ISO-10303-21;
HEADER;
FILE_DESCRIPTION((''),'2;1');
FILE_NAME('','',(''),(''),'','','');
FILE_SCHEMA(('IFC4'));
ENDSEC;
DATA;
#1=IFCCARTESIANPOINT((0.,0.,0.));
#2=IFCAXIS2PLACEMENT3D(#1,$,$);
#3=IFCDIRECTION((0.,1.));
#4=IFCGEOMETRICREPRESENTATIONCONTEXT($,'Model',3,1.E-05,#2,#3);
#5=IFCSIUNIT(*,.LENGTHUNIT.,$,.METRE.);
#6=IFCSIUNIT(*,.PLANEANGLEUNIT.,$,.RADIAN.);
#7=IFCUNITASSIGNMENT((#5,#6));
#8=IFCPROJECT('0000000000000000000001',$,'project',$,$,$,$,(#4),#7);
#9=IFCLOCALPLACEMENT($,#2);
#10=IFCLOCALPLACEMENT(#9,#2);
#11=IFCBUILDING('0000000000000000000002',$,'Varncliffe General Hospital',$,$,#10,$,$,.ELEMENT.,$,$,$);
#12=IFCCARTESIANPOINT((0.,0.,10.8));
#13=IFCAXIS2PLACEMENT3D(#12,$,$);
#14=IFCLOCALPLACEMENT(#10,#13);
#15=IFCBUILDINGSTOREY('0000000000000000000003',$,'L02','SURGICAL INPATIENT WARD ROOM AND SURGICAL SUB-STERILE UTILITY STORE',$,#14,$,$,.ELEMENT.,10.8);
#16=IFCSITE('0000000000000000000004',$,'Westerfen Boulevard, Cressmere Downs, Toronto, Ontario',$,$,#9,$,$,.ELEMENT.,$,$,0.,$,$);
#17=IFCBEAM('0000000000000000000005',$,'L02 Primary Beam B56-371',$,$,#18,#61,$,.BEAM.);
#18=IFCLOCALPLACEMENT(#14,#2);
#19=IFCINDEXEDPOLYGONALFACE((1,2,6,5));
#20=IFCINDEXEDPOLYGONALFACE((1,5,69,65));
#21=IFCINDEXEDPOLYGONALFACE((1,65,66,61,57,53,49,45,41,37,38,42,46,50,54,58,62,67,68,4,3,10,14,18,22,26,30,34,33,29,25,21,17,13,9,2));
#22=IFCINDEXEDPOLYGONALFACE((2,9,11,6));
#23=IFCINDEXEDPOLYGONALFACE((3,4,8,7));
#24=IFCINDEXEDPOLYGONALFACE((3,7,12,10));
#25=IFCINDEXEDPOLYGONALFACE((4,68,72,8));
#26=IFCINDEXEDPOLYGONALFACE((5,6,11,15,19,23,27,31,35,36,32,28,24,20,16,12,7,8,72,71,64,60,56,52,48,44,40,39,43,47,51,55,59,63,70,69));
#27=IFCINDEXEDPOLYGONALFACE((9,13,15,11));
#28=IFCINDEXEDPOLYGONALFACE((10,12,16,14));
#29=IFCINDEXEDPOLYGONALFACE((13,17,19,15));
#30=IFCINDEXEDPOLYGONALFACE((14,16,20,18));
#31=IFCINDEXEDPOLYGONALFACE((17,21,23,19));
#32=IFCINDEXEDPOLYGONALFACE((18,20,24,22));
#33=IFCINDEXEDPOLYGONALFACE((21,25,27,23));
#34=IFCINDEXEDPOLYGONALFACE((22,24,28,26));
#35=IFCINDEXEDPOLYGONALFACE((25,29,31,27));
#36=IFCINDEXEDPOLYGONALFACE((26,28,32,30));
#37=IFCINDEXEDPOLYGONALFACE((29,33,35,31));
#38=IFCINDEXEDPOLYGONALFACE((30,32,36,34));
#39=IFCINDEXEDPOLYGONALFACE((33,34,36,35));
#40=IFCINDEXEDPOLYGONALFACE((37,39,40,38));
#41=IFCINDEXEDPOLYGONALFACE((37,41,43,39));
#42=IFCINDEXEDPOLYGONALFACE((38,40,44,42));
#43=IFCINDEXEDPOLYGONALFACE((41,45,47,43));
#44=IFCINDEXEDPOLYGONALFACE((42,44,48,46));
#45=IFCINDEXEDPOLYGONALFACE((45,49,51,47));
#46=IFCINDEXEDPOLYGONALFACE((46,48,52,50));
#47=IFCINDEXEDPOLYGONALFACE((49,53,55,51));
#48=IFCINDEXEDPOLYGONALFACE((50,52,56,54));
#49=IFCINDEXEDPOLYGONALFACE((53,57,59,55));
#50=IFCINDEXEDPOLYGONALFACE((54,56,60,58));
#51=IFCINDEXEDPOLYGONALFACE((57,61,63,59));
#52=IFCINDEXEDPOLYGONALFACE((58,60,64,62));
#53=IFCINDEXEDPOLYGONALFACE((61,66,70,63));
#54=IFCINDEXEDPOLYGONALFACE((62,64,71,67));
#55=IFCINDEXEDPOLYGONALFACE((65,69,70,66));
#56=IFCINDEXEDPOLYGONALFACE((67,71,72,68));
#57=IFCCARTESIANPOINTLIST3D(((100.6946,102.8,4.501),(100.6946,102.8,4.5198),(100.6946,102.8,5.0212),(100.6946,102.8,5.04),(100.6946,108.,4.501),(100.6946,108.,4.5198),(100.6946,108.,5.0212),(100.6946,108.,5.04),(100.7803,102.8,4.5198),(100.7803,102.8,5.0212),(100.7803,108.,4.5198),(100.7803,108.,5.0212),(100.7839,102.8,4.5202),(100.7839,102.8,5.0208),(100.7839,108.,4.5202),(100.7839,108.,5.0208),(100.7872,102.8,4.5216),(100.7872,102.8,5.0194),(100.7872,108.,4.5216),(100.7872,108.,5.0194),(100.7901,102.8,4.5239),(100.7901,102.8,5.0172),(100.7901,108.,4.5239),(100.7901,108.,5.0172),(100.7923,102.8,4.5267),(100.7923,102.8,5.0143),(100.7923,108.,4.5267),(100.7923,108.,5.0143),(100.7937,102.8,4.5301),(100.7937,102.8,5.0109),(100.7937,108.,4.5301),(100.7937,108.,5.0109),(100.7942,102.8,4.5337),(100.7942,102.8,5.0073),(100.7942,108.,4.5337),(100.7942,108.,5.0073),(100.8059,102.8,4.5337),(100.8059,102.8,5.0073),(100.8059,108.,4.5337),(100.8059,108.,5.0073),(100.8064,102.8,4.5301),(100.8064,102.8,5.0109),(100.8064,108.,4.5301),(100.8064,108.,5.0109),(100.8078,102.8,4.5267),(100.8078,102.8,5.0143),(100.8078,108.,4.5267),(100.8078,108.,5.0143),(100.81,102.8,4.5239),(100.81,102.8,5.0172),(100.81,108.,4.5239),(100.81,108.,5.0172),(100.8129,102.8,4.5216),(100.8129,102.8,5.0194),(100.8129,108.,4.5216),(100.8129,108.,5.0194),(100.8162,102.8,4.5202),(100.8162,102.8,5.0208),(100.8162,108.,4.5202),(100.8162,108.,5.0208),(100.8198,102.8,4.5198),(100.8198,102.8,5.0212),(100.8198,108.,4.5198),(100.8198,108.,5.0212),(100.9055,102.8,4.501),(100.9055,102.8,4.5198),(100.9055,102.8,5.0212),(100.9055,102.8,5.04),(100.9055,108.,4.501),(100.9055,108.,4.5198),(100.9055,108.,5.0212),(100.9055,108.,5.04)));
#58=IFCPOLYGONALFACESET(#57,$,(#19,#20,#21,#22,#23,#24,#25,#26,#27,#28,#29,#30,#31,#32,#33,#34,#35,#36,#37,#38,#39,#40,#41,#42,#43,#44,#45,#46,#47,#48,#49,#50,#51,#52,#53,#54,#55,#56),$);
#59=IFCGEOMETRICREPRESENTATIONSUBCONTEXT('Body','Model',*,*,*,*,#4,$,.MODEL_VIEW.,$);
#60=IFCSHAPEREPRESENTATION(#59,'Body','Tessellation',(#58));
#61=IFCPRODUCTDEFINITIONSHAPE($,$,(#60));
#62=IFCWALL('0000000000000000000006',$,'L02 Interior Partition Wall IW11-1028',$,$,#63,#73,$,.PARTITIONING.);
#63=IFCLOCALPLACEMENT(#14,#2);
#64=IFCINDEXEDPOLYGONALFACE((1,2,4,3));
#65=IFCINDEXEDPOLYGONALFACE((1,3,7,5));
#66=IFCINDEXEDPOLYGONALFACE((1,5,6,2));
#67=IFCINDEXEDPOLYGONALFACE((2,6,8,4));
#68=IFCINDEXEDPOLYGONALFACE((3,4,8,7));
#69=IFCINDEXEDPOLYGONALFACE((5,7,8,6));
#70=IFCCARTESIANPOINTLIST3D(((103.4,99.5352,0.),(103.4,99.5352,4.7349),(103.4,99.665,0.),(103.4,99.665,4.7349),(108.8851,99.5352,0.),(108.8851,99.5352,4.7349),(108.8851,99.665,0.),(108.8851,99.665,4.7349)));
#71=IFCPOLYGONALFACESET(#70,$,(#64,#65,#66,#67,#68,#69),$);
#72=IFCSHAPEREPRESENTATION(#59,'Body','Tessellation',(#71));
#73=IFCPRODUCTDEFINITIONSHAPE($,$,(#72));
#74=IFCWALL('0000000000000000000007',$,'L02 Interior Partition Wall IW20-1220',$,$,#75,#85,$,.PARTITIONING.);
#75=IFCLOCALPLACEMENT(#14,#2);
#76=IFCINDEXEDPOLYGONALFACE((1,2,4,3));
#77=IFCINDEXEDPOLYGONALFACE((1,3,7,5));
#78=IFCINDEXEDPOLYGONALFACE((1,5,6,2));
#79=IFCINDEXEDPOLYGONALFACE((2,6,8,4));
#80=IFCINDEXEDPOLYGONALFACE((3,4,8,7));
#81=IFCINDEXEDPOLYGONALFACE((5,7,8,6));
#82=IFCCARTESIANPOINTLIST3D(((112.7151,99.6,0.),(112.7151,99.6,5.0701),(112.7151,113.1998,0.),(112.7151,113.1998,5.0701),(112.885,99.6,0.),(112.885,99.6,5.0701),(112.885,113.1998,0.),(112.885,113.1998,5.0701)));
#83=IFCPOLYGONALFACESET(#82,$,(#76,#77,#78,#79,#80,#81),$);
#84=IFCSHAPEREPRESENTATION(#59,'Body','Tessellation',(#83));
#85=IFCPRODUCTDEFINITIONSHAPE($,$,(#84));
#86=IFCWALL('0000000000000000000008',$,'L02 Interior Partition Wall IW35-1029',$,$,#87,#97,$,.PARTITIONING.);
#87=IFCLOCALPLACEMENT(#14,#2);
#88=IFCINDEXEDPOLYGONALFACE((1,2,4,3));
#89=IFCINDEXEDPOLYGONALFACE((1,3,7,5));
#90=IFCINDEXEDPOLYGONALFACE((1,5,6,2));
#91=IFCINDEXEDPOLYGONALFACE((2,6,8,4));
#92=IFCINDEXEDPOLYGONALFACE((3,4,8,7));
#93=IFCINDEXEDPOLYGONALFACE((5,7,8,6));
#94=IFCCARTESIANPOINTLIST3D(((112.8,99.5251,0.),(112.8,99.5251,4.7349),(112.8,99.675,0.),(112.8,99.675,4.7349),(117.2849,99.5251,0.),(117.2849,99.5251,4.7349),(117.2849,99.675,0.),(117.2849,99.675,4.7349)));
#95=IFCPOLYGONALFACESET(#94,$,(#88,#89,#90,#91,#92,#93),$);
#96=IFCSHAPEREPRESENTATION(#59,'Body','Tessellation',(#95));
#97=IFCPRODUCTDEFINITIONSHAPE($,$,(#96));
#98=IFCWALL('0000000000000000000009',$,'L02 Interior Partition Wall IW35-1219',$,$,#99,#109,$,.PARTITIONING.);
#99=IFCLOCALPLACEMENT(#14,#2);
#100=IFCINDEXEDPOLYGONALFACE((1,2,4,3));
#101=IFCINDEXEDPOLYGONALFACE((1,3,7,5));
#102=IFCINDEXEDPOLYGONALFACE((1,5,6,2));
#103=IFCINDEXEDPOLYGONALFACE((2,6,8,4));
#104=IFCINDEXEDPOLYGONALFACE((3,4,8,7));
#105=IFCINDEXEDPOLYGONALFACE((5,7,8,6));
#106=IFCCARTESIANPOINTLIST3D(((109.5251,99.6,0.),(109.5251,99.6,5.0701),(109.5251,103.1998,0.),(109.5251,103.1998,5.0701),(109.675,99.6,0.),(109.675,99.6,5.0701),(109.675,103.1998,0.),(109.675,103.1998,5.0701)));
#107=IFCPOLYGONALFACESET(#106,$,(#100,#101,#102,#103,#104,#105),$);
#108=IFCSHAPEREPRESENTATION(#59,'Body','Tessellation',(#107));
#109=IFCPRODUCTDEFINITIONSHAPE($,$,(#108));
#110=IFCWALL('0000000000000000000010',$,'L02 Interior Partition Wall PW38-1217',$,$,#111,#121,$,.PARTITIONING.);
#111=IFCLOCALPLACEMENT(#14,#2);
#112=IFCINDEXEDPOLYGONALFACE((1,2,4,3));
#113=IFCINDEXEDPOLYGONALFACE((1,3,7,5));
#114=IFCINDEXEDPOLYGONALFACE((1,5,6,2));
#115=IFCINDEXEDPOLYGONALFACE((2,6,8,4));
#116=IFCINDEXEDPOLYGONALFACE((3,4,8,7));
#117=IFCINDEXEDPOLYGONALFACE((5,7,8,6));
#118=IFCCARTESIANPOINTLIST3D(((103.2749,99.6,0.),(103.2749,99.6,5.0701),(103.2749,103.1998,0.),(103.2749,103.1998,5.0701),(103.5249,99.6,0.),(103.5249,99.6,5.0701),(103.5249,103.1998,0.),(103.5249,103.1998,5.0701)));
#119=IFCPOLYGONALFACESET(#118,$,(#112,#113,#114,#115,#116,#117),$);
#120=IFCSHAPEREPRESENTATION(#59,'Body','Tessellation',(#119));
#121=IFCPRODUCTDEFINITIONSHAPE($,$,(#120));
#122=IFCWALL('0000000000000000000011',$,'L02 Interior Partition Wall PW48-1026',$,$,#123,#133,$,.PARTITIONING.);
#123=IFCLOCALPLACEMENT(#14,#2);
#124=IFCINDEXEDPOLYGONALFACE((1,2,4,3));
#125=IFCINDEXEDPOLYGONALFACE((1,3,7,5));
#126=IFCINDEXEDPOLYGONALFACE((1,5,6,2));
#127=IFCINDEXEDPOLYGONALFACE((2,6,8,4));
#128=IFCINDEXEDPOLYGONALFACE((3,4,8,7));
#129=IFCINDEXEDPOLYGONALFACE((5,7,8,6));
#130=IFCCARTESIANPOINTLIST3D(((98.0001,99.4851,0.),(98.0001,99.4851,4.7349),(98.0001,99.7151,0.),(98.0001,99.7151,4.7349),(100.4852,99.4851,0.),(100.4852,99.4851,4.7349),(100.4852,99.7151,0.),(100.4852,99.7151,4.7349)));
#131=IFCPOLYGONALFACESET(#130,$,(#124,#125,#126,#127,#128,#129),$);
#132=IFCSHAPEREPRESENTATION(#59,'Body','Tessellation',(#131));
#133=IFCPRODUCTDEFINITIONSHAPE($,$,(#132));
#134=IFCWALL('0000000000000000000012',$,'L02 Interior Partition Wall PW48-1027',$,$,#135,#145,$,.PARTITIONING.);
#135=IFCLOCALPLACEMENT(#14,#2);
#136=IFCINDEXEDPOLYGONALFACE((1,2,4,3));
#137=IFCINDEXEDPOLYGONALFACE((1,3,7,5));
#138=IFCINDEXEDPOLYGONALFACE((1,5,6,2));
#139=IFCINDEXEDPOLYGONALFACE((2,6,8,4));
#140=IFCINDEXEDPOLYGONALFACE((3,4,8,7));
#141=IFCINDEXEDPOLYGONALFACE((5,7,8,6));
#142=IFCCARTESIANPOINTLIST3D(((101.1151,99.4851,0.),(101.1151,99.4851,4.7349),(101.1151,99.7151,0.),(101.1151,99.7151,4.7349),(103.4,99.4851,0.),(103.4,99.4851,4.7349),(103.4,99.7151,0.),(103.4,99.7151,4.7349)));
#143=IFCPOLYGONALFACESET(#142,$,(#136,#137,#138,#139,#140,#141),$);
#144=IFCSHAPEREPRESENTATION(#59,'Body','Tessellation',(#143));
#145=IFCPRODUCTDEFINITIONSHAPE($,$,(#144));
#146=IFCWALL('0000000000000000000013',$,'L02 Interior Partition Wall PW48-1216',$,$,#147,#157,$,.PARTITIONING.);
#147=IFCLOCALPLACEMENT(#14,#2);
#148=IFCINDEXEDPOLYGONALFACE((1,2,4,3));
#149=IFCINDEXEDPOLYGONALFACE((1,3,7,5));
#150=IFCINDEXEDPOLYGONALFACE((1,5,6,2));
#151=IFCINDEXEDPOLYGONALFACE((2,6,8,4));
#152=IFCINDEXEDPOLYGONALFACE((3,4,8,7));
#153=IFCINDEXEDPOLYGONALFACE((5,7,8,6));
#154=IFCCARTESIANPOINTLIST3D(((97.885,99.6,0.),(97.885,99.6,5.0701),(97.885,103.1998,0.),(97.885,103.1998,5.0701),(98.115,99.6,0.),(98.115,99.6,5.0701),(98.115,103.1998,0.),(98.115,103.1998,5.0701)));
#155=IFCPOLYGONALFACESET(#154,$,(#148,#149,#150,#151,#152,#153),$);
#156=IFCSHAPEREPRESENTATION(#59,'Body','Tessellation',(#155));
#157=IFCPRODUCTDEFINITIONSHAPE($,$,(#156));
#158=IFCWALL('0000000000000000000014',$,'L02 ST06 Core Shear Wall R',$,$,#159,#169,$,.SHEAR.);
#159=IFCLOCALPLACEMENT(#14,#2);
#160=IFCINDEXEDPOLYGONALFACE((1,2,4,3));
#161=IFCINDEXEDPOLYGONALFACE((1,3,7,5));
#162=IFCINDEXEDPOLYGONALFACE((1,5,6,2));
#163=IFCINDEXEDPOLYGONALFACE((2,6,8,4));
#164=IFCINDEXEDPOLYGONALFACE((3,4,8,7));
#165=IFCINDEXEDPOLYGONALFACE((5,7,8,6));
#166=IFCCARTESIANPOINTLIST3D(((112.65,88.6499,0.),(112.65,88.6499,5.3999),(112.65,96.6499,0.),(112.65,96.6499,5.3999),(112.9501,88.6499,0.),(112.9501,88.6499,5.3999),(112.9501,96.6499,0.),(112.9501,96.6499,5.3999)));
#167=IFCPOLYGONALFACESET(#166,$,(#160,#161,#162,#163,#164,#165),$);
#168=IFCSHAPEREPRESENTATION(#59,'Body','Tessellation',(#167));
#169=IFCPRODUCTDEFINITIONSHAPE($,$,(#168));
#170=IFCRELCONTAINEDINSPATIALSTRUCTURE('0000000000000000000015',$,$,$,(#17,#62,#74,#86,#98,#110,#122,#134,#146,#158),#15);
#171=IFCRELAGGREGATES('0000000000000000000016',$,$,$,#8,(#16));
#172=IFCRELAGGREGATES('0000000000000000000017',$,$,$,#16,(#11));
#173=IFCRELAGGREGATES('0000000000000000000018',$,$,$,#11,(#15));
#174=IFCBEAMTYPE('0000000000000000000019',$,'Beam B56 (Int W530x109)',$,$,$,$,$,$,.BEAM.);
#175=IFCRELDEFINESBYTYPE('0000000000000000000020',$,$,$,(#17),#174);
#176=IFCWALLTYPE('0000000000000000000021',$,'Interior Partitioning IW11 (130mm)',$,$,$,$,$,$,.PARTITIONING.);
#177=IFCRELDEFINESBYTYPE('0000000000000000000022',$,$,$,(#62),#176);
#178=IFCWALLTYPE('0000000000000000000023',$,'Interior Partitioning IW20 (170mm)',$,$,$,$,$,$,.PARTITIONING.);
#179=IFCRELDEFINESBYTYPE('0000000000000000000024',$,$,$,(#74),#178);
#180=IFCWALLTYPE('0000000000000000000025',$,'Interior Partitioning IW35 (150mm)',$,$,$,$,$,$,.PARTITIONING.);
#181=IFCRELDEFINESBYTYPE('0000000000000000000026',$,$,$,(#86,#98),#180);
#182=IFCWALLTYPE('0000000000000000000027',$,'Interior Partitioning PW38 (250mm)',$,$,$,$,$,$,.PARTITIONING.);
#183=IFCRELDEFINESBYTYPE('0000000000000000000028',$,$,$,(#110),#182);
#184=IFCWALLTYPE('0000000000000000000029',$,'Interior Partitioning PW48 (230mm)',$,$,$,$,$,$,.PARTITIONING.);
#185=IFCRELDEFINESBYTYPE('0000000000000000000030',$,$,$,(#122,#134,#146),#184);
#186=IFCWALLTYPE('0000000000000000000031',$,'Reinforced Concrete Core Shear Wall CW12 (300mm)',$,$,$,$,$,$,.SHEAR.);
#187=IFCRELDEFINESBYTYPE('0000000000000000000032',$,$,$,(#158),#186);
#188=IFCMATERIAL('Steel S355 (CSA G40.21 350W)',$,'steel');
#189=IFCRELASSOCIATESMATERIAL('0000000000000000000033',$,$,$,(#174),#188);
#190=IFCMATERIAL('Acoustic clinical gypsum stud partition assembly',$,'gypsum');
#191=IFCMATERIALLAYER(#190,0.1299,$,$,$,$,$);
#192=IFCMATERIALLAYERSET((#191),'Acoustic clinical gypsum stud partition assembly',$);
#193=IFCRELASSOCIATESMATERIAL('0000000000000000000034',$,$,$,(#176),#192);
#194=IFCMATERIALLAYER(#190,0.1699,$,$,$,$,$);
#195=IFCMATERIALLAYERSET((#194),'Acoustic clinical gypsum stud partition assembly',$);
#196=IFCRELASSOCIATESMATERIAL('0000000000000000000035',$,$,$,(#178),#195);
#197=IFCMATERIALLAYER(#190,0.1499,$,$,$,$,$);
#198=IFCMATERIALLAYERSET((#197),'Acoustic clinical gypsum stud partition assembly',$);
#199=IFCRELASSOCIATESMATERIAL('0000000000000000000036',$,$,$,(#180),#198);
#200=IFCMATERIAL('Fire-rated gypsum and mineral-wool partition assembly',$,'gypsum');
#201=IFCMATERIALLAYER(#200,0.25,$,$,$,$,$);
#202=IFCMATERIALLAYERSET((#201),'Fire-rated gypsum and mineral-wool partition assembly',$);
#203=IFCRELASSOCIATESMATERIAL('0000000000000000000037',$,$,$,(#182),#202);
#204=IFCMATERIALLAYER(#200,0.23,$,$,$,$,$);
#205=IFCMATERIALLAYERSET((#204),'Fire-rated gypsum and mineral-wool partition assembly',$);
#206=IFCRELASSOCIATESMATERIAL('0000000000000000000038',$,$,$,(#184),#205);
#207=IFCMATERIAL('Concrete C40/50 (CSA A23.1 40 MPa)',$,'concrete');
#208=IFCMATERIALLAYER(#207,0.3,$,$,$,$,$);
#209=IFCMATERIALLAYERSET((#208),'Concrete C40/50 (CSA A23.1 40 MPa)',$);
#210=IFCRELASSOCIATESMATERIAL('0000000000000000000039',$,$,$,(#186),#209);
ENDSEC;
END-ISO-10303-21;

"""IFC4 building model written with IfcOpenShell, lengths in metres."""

from ifc_helpers import new_model, si_unit, direction, frame, frame_2d, origin, origin_2d, place, context, subcontext, project, spatial, rectangle, i_section, extrude, material, layer, layer_set, material_profile, profile_set, type_object, element, save


model = new_model("IFC4")

# Units and contexts
model_context = context("Model", 3, precision=1e-05, world=origin(), true_north=direction((0.0, 1.0)))
body_context = subcontext(model_context, "Body", "Model", "MODEL_VIEW")
ifc_project = project(units=[si_unit("LENGTHUNIT", "METRE"), si_unit("PLANEANGLEUNIT", "RADIAN")], contexts=[model_context])

# Site, building, storey
site_placement = place(None, origin())
site = spatial("IfcSite", under=ifc_project, at=site_placement, Name="Westerfen Boulevard, Cressmere Downs, Toronto, Ontario", CompositionType="ELEMENT", RefElevation=0.0)
building_placement = place(site_placement, origin())
building = spatial("IfcBuilding", under=site, at=building_placement, Name="Varncliffe General Hospital", CompositionType="ELEMENT")
storey_placement = place(building_placement, frame((0.0, 0.0, 10.8)))
storey = spatial("IfcBuildingStorey", under=building, at=storey_placement, Name="L02", Description="SURGICAL INPATIENT WARD ROOM AND SURGICAL SUB-STERILE UTILITY STORE", CompositionType="ELEMENT", Elevation=10.8)

# Shared definitions
ifc_material_1 = material(Name="Concrete C40/50 (CSA A23.1 40 MPa)", Category="concrete")

# Beam
ifc_material_2 = material(Name="Steel S355 (CSA G40.21 350W)", Category="steel")
ifc_material_profile_1 = material_profile(ifc_material_2, i_section(OverallWidth=0.2109, OverallDepth=0.5391, WebThickness=0.0117, FlangeThickness=0.0188, FilletRadius=0.0139, at=origin_2d()), Name="W530x109")
ifc_profile_set_1 = profile_set([ifc_material_profile_1], Name="Steel S355 (CSA G40.21 350W)")
beam_type_1 = type_object("IfcBeamType", Name="Beam B56 (Int W530x109)", PredefinedType="BEAM", material=ifc_profile_set_1)
beam_1_placement = place(storey_placement, frame((100.8, 102.8, 4.7705), z_axis=(0.0, 1.0, 0.0), x_axis=(-1.0, 0.0, 0.0)))
element("IfcBeam", 1, at=beam_1_placement, inside=storey, type_object=beam_type_1, Name="L02 Primary Beam B56-371", PredefinedType="BEAM", context=body_context, shape_type="SweptSolid", body=[
    extrude(i_section(OverallWidth=0.2109, OverallDepth=0.5391, WebThickness=0.0117, FlangeThickness=0.0188, FilletRadius=0.0139, at=origin_2d()), origin(), (0.0, 0.0, 1.0), 5.2),
])

# Walls
ifc_material_3 = material(Name="Acoustic clinical gypsum stud partition assembly", Category="gypsum")
ifc_layer_1 = layer(ifc_material_3, 0.1299)
ifc_layer_set_1 = layer_set([ifc_layer_1], Name="Acoustic clinical gypsum stud partition assembly")
wall_type_1 = type_object("IfcWallType", Name="Interior Partitioning IW11 (130mm)", PredefinedType="PARTITIONING", material=ifc_layer_set_1)
wall_1_placement = place(storey_placement, frame((103.3999, 99.6001, 0.0), z_axis=(0.0, 0.0, 1.0), x_axis=(1.0, 0.0, 0.0)))
element("IfcWall", 2, at=wall_1_placement, inside=storey, type_object=wall_type_1, Name="L02 Interior Partition Wall IW11-1028", PredefinedType="PARTITIONING", context=body_context, shape_type="SweptSolid", body=[
    extrude(rectangle(XDim=5.4851, YDim=0.1299, at=frame_2d((2.7427, 0.0))), origin(), (0.0, 0.0, 1.0), 4.7349),
])
ifc_layer_2 = layer(ifc_material_3, 0.1699)
ifc_layer_set_2 = layer_set([ifc_layer_2], Name="Acoustic clinical gypsum stud partition assembly")
wall_type_2 = type_object("IfcWallType", Name="Interior Partitioning IW20 (170mm)", PredefinedType="PARTITIONING", material=ifc_layer_set_2)
wall_2_placement = place(storey_placement, frame((112.8, 99.6001, 0.0), z_axis=(0.0, 0.0, 1.0), x_axis=(0.0, 1.0, 0.0)))
element("IfcWall", 3, at=wall_2_placement, inside=storey, type_object=wall_type_2, Name="L02 Interior Partition Wall IW20-1220", PredefinedType="PARTITIONING", context=body_context, shape_type="SweptSolid", body=[
    extrude(rectangle(XDim=13.5999, YDim=0.1699, at=frame_2d((6.7998, 0.0))), origin(), (0.0, 0.0, 1.0), 5.0701),
])
ifc_layer_3 = layer(ifc_material_3, 0.1499)
ifc_layer_set_3 = layer_set([ifc_layer_3], Name="Acoustic clinical gypsum stud partition assembly")
wall_type_3 = type_object("IfcWallType", Name="Interior Partitioning IW35 (150mm)", PredefinedType="PARTITIONING", material=ifc_layer_set_3)
wall_3_placement = place(storey_placement, frame((112.8, 99.6001, 0.0), z_axis=(0.0, 0.0, 1.0), x_axis=(1.0, 0.0, 0.0)))
element("IfcWall", 4, at=wall_3_placement, inside=storey, type_object=wall_type_3, Name="L02 Interior Partition Wall IW35-1029", PredefinedType="PARTITIONING", context=body_context, shape_type="SweptSolid", body=[
    extrude(rectangle(XDim=4.4849, YDim=0.1499, at=frame_2d((2.2424, 0.0))), origin(), (0.0, 0.0, 1.0), 4.7349),
])
wall_4_placement = place(storey_placement, frame((109.6001, 99.6001, 0.0), z_axis=(0.0, 0.0, 1.0), x_axis=(0.0, 1.0, 0.0)))
element("IfcWall", 5, at=wall_4_placement, inside=storey, type_object=wall_type_3, Name="L02 Interior Partition Wall IW35-1219", PredefinedType="PARTITIONING", context=body_context, shape_type="SweptSolid", body=[
    extrude(rectangle(XDim=3.5999, YDim=0.1499, at=frame_2d((1.7998, 0.0))), origin(), (0.0, 0.0, 1.0), 5.0701),
])
ifc_material_4 = material(Name="Fire-rated gypsum and mineral-wool partition assembly", Category="gypsum")
ifc_layer_4 = layer(ifc_material_4, 0.25)
ifc_layer_set_4 = layer_set([ifc_layer_4], Name="Fire-rated gypsum and mineral-wool partition assembly")
wall_type_4 = type_object("IfcWallType", Name="Interior Partitioning PW38 (250mm)", PredefinedType="PARTITIONING", material=ifc_layer_set_4)
wall_5_placement = place(storey_placement, frame((103.3999, 99.6001, 0.0), z_axis=(0.0, 0.0, 1.0), x_axis=(0.0, 1.0, 0.0)))
element("IfcWall", 6, at=wall_5_placement, inside=storey, type_object=wall_type_4, Name="L02 Interior Partition Wall PW38-1217", PredefinedType="PARTITIONING", context=body_context, shape_type="SweptSolid", body=[
    extrude(rectangle(XDim=3.5999, YDim=0.25, at=frame_2d((1.7998, 0.0))), origin(), (0.0, 0.0, 1.0), 5.0701),
])
ifc_layer_5 = layer(ifc_material_4, 0.23)
ifc_layer_set_5 = layer_set([ifc_layer_5], Name="Fire-rated gypsum and mineral-wool partition assembly")
wall_type_5 = type_object("IfcWallType", Name="Interior Partitioning PW48 (230mm)", PredefinedType="PARTITIONING", material=ifc_layer_set_5)
wall_6_placement = place(storey_placement, frame((98.0, 99.6001, 0.0), z_axis=(0.0, 0.0, 1.0), x_axis=(1.0, 0.0, 0.0)))
element("IfcWall", 7, at=wall_6_placement, inside=storey, type_object=wall_type_5, Name="L02 Interior Partition Wall PW48-1026", PredefinedType="PARTITIONING", context=body_context, shape_type="SweptSolid", body=[
    extrude(rectangle(XDim=2.4851, YDim=0.23, at=frame_2d((1.2427, 0.0))), origin(), (0.0, 0.0, 1.0), 4.7349),
])
wall_7_placement = place(storey_placement, frame((101.115, 99.6001, 0.0), z_axis=(0.0, 0.0, 1.0), x_axis=(1.0, 0.0, 0.0)))
element("IfcWall", 8, at=wall_7_placement, inside=storey, type_object=wall_type_5, Name="L02 Interior Partition Wall PW48-1027", PredefinedType="PARTITIONING", context=body_context, shape_type="SweptSolid", body=[
    extrude(rectangle(XDim=2.2849, YDim=0.23, at=frame_2d((1.1426, 0.0))), origin(), (0.0, 0.0, 1.0), 4.7349),
])
wall_8_placement = place(storey_placement, frame((98.0, 99.6001, 0.0), z_axis=(0.0, 0.0, 1.0), x_axis=(0.0, 1.0, 0.0)))
element("IfcWall", 9, at=wall_8_placement, inside=storey, type_object=wall_type_5, Name="L02 Interior Partition Wall PW48-1216", PredefinedType="PARTITIONING", context=body_context, shape_type="SweptSolid", body=[
    extrude(rectangle(XDim=3.5999, YDim=0.23, at=frame_2d((1.7998, 0.0))), origin(), (0.0, 0.0, 1.0), 5.0701),
])
ifc_layer_6 = layer(ifc_material_1, 0.3)
ifc_layer_set_6 = layer_set([ifc_layer_6], Name="Concrete C40/50 (CSA A23.1 40 MPa)")
wall_type_6 = type_object("IfcWallType", Name="Reinforced Concrete Core Shear Wall CW12 (300mm)", PredefinedType="SHEAR", material=ifc_layer_set_6)
wall_9_placement = place(storey_placement, frame((112.8, 96.6499, 0.0), z_axis=(0.0, 0.0, 1.0), x_axis=(0.0, -1.0, 0.0)))
element("IfcWall", 10, at=wall_9_placement, inside=storey, type_object=wall_type_6, Name="L02 ST06 Core Shear Wall R", PredefinedType="SHEAR", context=body_context, shape_type="SweptSolid", body=[
    extrude(rectangle(XDim=8.0, YDim=0.3, at=frame_2d((4.0, 0.0))), origin(), (0.0, 0.0, 1.0), 5.3999),
])

save(model, "model.ifc")
